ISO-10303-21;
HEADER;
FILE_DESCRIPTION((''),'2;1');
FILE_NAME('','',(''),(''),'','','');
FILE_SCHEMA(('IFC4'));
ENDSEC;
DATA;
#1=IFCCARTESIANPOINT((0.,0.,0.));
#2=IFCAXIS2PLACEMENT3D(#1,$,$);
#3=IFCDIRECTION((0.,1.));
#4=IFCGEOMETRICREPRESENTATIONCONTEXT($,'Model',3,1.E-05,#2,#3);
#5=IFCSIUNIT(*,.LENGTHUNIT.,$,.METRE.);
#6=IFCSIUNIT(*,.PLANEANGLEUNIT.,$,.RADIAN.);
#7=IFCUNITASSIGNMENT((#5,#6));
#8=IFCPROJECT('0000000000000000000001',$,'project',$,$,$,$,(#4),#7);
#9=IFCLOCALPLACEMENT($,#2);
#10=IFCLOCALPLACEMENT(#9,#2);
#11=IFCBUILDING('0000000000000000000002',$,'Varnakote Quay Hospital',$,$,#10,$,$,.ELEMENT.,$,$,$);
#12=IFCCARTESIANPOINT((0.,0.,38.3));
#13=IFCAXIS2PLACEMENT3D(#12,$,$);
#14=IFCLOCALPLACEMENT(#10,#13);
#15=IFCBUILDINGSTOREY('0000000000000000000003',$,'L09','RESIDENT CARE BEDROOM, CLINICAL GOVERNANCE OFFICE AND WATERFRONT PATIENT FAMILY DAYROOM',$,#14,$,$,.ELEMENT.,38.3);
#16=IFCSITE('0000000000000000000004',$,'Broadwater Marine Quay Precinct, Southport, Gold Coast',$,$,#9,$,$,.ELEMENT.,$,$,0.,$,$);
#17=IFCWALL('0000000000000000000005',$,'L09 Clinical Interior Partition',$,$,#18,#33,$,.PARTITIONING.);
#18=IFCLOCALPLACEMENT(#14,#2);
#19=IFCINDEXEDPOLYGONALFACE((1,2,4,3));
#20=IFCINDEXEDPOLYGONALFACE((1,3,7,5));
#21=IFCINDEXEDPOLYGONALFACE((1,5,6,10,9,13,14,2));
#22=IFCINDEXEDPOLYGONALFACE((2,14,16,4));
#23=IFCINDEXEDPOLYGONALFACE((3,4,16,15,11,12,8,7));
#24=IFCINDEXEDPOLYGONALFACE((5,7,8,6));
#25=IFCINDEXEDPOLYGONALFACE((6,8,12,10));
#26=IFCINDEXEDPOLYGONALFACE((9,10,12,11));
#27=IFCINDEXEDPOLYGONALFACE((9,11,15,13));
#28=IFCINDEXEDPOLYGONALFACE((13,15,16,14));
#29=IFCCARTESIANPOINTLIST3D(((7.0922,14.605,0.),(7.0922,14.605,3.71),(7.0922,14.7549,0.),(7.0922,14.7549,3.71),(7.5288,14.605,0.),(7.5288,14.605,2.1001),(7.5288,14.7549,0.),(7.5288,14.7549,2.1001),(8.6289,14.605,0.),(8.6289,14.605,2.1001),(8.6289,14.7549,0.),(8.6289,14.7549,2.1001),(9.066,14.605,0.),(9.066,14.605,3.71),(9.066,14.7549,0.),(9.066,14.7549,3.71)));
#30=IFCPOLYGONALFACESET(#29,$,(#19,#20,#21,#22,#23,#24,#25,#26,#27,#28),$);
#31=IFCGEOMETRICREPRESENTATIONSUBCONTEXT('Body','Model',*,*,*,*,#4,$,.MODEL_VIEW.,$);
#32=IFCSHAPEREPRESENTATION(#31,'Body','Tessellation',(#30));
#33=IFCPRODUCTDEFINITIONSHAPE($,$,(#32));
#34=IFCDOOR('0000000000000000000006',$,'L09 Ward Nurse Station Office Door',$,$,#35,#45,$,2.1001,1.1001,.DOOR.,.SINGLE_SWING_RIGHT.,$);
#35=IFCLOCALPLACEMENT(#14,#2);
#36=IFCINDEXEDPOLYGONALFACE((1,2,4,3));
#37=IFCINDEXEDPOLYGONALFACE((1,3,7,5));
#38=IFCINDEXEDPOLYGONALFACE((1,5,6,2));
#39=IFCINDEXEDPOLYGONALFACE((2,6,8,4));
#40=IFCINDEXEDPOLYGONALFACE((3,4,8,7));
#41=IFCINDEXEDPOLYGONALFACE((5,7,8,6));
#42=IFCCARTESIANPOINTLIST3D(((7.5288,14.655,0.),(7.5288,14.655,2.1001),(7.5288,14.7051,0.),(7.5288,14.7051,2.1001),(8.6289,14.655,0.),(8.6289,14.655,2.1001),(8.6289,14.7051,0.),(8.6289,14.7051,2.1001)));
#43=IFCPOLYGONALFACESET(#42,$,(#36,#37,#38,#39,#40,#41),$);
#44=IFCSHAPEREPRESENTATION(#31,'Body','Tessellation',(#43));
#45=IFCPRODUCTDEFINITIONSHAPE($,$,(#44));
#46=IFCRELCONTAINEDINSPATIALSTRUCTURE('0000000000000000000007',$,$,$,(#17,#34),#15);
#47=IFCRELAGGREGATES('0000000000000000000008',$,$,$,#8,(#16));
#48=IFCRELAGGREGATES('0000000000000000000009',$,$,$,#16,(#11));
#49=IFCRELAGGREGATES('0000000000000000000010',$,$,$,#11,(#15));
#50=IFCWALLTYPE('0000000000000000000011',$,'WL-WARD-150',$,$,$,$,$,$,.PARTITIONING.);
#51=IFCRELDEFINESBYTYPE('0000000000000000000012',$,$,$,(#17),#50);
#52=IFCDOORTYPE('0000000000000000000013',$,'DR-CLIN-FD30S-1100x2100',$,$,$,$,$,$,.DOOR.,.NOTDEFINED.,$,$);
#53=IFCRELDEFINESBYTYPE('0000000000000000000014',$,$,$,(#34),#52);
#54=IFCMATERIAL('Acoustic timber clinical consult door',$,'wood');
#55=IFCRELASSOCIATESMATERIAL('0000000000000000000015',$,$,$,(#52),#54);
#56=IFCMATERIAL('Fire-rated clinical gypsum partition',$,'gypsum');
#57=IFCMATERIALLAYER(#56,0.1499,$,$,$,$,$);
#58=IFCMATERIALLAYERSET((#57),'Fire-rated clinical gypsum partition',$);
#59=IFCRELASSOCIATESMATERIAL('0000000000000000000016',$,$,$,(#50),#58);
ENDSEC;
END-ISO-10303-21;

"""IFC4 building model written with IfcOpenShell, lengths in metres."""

from ifc_helpers import new_model, si_unit, direction, frame, frame_2d, origin, place, context, subcontext, project, spatial, rectangle, extrude, material, layer, layer_set, type_object, element, fill, save


model = new_model("IFC4")

# Units and contexts
model_context = context("Model", 3, precision=1e-05, world=origin(), true_north=direction((0.0, 1.0)))
body_context = subcontext(model_context, "Body", "Model", "MODEL_VIEW")
ifc_project = project(units=[si_unit("LENGTHUNIT", "METRE"), si_unit("PLANEANGLEUNIT", "RADIAN")], contexts=[model_context])

# Site, building, storey
site_placement = place(None, origin())
site = spatial("IfcSite", under=ifc_project, at=site_placement, Name="Broadwater Marine Quay Precinct, Southport, Gold Coast", CompositionType="ELEMENT", RefElevation=0.0)
building_placement = place(site_placement, origin())
building = spatial("IfcBuilding", under=site, at=building_placement, Name="Varnakote Quay Hospital", CompositionType="ELEMENT")
storey_placement = place(building_placement, frame((0.0, 0.0, 38.3)))
storey = spatial("IfcBuildingStorey", under=building, at=storey_placement, Name="L09", Description="RESIDENT CARE BEDROOM, CLINICAL GOVERNANCE OFFICE AND WATERFRONT PATIENT FAMILY DAYROOM", CompositionType="ELEMENT", Elevation=38.3)

# Shared definitions
ifc_material_1 = material(Name="Acoustic timber clinical consult door", Category="wood")
door_type_1 = type_object("IfcDoorType", Name="DR-CLIN-FD30S-1100x2100", OperationType="NOTDEFINED", PredefinedType="DOOR", material=ifc_material_1)

# Wall, opening, door
ifc_material_2 = material(Name="Fire-rated clinical gypsum partition", Category="gypsum")
ifc_layer_1 = layer(ifc_material_2, 0.1499)
ifc_layer_set_1 = layer_set([ifc_layer_1], Name="Fire-rated clinical gypsum partition")
wall_type_1 = type_object("IfcWallType", Name="WL-WARD-150", PredefinedType="PARTITIONING", material=ifc_layer_set_1)
wall_1_placement = place(storey_placement, frame((9.0659, 14.6799, 0.0), z_axis=(0.0, 0.0, 1.0), x_axis=(-1.0, 0.0, 0.0)))
wall_1 = element("IfcWall", 1, at=wall_1_placement, inside=storey, type_object=wall_type_1, Name="L09 Clinical Interior Partition", PredefinedType="PARTITIONING", context=body_context, shape_type="SweptSolid", body=[
    extrude(rectangle(XDim=1.9739, YDim=0.1499, at=frame_2d((0.9868, 0.0))), origin(), (0.0, 0.0, 1.0), 3.71),
])
opening_1_placement = place(wall_1_placement, frame((0.437, 0.0, 0.0)))
opening_1 = element("IfcOpeningElement", 2, at=opening_1_placement, cuts=wall_1, PredefinedType="OPENING", context=body_context, shape_type="SweptSolid", body=[
    extrude(rectangle(XDim=1.1001, YDim=2.1001, at=frame_2d((0.55, 1.05))), frame((0.0, 0.085, 0.0), z_axis=(0.0, -1.0, 0.0), x_axis=(1.0, 0.0, 0.0)), (0.0, 0.0, 1.0), 0.1699),
])
door_1_placement = place(opening_1_placement, origin())
door_1 = element("IfcDoor", 3, at=door_1_placement, inside=storey, type_object=door_type_1, Name="L09 Ward Nurse Station Office Door", OperationType="SINGLE_SWING_RIGHT", OverallHeight=2.1001, OverallWidth=1.1001, PredefinedType="DOOR", context=body_context, shape_type="SweptSolid", body=[
    extrude(rectangle(XDim=1.1001, YDim=2.1001, at=frame_2d((0.55, 1.05))), frame((0.0, 0.0249, 0.0), z_axis=(0.0, -1.0, 0.0), x_axis=(1.0, 0.0, 0.0)), (0.0, 0.0, 1.0), 0.05),
])
fill(opening_1, door_1)

save(model, "model.ifc")
